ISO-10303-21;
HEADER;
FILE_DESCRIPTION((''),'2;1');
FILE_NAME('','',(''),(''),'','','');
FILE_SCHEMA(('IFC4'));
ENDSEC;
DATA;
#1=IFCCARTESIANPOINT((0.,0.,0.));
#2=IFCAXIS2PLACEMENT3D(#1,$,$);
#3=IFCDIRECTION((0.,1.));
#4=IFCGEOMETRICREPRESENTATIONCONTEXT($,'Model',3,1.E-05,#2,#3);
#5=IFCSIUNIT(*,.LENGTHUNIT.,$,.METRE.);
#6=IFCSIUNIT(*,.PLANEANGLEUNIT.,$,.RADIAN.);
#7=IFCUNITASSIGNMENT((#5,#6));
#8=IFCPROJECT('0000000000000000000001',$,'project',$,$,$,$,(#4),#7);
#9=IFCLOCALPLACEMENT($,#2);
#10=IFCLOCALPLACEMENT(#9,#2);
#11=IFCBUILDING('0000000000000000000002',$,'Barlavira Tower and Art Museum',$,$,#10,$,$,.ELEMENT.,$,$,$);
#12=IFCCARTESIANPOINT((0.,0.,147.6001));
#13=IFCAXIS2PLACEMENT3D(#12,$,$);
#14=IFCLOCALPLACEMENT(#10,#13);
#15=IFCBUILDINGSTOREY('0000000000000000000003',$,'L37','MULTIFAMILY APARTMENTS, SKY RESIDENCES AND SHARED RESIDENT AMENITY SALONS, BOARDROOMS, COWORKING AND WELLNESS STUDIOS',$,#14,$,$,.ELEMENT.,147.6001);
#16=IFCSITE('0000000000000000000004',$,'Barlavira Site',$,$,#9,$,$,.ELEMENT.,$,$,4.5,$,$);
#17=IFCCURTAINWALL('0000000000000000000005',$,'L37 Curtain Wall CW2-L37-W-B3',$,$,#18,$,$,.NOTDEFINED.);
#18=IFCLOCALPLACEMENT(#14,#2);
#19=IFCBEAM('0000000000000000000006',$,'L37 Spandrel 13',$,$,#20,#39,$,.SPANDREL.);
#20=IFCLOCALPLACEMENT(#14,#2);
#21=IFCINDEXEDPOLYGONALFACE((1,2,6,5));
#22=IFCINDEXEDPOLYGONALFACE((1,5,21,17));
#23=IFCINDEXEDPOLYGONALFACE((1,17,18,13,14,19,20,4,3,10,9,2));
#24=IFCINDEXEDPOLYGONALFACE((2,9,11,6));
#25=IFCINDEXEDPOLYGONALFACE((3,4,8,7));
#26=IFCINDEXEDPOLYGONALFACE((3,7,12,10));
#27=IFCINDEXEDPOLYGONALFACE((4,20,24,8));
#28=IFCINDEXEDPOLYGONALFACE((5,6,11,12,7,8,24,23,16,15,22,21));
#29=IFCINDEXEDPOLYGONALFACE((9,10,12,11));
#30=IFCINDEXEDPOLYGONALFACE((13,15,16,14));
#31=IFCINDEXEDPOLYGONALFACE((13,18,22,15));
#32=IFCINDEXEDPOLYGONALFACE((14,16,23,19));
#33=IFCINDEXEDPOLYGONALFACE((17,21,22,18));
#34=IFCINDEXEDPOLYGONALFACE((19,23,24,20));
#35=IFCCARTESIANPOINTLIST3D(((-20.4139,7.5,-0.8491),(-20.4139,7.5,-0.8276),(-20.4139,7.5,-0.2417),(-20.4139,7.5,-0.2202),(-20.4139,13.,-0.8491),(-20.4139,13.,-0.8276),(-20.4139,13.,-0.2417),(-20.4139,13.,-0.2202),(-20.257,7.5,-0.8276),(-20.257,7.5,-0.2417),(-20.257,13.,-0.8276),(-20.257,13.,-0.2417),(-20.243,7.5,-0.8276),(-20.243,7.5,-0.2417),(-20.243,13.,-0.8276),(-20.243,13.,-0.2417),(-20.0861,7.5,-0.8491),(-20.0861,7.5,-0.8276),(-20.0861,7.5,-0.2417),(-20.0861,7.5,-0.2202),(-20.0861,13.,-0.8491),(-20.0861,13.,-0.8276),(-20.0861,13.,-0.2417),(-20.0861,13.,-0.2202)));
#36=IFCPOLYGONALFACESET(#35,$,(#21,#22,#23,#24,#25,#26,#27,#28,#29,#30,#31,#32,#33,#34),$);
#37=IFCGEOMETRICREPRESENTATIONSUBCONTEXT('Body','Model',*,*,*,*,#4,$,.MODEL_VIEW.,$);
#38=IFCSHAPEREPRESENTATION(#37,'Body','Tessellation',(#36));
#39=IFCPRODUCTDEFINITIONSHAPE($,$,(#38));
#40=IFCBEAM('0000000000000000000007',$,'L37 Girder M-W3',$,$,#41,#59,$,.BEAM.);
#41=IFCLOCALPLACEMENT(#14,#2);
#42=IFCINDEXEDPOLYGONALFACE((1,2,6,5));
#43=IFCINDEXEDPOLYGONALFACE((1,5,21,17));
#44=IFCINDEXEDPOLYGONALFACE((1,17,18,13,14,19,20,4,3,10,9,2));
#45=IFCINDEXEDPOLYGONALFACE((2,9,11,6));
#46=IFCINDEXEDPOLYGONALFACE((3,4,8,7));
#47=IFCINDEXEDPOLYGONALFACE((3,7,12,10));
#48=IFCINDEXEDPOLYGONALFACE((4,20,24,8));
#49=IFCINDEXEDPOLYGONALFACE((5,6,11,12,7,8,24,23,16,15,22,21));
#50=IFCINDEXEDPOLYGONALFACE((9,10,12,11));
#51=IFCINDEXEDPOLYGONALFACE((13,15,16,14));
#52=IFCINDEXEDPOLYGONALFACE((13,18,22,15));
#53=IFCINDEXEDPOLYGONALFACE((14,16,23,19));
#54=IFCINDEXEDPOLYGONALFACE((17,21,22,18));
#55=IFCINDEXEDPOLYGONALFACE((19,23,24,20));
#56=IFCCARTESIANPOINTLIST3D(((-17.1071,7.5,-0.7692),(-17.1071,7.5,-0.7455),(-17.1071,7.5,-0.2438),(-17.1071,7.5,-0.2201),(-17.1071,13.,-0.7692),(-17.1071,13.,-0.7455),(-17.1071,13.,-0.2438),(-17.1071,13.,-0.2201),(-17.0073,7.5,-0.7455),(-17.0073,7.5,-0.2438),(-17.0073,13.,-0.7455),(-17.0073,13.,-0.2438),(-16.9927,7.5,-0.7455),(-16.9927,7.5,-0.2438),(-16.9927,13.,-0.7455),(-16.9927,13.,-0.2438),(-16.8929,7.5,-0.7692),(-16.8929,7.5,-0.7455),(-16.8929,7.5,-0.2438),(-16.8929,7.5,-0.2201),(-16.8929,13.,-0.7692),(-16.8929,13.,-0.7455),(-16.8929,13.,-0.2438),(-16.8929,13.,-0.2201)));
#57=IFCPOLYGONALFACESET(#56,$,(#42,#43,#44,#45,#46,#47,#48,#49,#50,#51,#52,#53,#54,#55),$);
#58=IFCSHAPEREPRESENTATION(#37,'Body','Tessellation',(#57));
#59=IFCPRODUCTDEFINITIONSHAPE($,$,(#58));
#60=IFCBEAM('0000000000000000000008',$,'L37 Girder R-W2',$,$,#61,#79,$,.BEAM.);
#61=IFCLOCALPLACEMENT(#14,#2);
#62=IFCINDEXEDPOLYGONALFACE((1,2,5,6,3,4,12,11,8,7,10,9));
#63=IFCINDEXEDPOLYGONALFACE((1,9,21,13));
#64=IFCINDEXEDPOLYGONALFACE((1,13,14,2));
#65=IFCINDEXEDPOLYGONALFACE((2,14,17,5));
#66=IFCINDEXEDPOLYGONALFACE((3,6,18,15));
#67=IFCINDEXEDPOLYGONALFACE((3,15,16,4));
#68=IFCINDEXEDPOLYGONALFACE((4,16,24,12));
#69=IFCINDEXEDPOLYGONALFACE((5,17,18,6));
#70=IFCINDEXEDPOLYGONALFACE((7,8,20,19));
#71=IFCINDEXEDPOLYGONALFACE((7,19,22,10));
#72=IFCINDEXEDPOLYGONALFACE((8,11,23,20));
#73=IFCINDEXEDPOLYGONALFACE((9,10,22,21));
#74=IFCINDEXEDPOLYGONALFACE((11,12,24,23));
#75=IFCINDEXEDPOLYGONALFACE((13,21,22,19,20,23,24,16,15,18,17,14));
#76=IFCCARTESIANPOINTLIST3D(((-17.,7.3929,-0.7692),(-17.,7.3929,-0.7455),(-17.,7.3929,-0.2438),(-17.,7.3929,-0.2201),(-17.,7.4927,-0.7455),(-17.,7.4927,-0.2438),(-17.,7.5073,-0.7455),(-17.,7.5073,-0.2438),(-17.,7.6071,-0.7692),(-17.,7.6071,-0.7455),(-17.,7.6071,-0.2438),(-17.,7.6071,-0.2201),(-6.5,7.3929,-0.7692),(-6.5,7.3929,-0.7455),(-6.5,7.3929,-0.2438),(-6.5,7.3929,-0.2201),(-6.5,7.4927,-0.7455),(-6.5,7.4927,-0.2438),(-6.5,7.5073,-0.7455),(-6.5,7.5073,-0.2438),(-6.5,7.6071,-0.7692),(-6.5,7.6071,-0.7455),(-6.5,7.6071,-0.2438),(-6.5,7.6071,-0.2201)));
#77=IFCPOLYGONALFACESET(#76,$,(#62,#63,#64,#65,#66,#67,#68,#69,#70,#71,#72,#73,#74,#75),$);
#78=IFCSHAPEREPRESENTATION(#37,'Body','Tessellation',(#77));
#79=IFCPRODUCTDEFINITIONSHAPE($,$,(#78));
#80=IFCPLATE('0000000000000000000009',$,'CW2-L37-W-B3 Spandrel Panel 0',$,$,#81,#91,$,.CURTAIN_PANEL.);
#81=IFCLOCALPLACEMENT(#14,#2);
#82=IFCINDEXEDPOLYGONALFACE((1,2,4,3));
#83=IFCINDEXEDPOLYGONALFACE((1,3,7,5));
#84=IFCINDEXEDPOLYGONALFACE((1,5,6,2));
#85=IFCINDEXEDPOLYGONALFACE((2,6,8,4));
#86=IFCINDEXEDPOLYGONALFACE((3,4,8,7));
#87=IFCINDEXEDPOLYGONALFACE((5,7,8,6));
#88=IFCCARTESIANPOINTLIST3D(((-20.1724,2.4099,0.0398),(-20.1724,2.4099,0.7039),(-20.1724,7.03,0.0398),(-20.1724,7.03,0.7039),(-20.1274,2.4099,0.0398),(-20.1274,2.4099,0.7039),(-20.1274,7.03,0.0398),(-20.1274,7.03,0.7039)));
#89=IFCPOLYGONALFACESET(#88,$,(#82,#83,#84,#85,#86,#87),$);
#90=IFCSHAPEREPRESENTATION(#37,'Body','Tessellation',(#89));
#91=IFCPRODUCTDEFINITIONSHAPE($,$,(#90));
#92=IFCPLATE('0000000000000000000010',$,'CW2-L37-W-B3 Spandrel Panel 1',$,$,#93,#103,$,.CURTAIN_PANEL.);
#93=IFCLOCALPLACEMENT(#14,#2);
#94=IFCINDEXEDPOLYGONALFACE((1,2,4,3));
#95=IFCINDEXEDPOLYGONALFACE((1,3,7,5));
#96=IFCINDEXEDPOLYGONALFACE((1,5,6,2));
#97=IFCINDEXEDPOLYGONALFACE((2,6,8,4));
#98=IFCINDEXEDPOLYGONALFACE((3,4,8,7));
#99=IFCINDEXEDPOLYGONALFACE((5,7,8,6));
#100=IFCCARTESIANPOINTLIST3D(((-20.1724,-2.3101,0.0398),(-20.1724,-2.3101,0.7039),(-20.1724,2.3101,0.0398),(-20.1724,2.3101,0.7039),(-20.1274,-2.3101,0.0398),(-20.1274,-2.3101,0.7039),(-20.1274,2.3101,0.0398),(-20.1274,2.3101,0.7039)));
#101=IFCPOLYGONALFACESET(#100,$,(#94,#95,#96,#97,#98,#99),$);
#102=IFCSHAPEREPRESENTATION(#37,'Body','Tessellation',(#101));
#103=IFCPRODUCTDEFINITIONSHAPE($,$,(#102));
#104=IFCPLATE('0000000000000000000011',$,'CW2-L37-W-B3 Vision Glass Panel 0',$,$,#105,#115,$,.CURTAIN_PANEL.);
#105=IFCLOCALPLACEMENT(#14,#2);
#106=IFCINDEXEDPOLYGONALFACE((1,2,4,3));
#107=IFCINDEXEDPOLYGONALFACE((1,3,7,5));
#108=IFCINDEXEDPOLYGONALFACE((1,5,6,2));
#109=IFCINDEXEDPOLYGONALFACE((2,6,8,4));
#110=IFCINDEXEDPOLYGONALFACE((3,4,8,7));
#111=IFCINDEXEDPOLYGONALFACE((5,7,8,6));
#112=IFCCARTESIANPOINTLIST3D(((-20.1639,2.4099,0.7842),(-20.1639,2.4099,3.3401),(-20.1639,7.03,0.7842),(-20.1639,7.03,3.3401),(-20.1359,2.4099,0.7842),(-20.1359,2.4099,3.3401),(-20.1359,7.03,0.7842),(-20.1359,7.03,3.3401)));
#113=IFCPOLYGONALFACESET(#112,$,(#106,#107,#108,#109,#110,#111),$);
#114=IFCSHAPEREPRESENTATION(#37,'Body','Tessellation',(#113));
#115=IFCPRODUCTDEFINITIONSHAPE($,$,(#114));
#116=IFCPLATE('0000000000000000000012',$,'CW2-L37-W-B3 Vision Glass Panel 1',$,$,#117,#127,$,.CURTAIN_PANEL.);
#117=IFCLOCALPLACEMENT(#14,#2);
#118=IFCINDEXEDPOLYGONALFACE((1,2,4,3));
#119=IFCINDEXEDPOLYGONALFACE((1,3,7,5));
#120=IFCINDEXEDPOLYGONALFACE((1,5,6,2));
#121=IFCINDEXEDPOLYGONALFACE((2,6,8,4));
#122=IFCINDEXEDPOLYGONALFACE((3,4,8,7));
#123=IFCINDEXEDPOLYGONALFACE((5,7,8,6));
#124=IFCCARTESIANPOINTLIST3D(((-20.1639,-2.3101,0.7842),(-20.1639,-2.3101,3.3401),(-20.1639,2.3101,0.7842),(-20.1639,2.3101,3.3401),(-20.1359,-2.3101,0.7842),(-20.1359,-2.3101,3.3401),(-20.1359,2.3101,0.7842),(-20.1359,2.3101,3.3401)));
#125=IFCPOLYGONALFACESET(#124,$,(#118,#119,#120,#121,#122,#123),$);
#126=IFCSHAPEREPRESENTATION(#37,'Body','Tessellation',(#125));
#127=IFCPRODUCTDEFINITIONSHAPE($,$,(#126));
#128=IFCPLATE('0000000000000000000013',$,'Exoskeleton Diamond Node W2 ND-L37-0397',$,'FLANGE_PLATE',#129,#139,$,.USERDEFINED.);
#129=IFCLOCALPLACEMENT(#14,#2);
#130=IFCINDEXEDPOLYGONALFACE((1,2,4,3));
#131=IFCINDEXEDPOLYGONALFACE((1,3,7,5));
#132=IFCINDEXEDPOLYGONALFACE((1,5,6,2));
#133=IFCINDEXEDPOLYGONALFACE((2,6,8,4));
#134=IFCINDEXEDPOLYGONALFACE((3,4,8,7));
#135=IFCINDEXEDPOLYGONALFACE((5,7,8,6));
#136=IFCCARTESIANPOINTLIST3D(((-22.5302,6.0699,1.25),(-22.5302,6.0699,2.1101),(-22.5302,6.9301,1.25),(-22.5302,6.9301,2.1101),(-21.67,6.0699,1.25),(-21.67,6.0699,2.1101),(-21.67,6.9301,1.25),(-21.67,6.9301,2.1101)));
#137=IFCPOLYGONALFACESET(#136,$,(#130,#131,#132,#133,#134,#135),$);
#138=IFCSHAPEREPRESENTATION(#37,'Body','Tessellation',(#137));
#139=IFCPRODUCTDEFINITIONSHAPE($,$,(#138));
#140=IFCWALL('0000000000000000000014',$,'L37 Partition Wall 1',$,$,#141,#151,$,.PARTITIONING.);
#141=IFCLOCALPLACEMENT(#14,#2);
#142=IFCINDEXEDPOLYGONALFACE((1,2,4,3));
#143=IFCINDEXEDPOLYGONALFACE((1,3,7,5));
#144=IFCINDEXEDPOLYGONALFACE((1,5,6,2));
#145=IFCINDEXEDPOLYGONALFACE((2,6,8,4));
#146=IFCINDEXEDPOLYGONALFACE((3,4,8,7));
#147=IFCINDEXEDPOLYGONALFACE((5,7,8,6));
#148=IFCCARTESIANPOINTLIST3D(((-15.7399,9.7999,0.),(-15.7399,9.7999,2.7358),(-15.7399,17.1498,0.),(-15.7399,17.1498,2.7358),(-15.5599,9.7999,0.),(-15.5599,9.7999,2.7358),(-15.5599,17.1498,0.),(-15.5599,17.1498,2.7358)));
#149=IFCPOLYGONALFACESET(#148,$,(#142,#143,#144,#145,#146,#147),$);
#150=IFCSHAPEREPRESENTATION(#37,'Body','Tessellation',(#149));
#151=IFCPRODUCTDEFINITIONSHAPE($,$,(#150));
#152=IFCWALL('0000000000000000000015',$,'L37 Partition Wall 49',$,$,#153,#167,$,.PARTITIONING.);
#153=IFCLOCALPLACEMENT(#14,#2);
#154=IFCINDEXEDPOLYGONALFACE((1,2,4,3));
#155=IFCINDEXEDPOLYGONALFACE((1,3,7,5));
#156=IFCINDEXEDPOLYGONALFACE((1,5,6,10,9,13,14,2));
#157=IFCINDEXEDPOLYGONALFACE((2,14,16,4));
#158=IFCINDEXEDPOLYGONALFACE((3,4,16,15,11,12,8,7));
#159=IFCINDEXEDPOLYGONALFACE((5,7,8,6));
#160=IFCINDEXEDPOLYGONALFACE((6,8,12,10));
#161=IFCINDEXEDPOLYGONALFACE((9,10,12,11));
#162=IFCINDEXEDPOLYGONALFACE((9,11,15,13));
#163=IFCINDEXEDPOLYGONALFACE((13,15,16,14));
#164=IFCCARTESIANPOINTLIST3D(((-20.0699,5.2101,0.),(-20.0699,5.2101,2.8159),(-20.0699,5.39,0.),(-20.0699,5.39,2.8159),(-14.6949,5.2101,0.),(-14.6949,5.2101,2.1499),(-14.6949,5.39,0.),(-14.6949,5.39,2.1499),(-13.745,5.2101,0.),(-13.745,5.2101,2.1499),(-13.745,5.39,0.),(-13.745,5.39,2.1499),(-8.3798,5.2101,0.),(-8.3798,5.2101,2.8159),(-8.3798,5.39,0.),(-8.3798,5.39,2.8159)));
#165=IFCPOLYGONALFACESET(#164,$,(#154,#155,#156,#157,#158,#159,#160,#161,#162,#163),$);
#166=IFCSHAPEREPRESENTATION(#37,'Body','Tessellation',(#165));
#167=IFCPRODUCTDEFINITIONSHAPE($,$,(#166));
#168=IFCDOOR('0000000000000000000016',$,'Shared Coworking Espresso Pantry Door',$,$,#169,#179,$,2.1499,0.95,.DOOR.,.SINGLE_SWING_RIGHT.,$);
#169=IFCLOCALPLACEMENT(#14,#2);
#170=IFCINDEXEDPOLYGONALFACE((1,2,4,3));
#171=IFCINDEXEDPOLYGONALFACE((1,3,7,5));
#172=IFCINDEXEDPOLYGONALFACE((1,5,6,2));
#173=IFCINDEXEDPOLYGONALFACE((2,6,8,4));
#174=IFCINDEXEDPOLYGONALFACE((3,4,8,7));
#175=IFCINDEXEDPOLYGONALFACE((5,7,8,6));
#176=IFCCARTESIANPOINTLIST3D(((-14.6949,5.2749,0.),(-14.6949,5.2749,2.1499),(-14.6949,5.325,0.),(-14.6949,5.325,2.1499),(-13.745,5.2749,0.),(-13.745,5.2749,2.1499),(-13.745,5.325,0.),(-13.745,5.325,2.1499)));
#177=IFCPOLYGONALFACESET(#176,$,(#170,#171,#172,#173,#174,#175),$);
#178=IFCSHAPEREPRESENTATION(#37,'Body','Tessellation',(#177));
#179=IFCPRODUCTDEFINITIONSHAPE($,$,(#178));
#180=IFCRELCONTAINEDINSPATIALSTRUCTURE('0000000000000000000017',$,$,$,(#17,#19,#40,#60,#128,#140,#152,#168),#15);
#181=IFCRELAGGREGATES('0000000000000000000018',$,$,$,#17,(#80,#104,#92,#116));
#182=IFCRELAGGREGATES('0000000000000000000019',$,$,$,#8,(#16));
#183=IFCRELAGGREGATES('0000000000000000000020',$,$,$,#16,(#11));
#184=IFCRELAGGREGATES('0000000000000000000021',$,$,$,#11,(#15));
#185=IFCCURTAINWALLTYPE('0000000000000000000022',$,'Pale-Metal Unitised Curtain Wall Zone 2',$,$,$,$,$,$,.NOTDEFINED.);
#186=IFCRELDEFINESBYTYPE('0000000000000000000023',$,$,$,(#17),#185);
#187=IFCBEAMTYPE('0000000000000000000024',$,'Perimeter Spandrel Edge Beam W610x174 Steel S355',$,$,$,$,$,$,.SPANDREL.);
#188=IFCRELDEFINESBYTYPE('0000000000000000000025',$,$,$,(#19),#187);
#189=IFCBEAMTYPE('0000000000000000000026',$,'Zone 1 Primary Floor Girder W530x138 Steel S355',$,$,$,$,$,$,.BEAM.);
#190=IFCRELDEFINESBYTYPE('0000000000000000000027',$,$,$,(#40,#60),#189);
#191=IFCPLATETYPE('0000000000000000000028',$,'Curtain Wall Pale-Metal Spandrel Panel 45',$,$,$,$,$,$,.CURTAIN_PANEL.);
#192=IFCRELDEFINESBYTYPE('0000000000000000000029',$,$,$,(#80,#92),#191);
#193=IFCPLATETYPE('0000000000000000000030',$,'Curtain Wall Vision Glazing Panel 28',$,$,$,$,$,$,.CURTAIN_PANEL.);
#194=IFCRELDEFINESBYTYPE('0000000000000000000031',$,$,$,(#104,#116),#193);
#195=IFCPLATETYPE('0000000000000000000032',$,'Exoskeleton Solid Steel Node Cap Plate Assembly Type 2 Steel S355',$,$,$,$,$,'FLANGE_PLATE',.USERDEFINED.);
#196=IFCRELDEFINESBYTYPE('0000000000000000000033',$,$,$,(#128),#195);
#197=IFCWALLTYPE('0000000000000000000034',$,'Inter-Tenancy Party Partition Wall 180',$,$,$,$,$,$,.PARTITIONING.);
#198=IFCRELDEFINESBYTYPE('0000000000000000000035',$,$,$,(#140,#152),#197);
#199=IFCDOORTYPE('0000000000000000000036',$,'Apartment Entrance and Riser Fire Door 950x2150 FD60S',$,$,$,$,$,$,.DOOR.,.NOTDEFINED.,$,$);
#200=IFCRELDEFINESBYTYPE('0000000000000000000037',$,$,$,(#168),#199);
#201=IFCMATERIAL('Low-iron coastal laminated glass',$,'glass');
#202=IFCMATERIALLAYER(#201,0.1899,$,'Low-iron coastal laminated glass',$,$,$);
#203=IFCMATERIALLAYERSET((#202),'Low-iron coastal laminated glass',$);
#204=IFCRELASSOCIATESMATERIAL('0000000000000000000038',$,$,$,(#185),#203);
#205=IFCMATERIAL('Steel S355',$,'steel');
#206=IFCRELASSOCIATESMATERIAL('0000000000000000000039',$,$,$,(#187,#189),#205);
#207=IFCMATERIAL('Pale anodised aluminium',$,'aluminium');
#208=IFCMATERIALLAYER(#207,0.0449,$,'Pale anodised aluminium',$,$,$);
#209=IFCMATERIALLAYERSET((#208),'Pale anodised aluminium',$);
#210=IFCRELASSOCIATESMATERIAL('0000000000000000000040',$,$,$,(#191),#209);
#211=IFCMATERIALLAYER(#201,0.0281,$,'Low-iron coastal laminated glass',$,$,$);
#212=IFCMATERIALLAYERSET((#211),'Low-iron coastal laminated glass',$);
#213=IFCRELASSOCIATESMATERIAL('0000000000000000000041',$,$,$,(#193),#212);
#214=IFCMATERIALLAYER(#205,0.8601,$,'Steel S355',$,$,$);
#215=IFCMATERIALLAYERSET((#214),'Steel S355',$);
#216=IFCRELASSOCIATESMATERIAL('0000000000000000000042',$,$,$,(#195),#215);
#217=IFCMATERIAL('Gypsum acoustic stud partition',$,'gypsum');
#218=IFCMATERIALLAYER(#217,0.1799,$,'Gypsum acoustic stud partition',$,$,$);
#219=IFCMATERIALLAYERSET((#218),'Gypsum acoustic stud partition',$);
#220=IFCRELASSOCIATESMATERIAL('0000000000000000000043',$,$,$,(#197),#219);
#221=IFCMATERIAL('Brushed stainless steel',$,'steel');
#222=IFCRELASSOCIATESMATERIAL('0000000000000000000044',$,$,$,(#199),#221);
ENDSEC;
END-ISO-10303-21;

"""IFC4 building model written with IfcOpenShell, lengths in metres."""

from ifc_helpers import new_model, si_unit, direction, frame, frame_2d, origin, origin_2d, place, context, subcontext, project, spatial, rectangle, i_section, extrude, material, layer, layer_set, material_profile, profile_set, type_object, element, fill, aggregate, save


model = new_model("IFC4")

# Units and contexts
model_context = context("Model", 3, precision=1e-05, world=origin(), true_north=direction((0.0, 1.0)))
body_context = subcontext(model_context, "Body", "Model", "MODEL_VIEW")
ifc_project = project(units=[si_unit("LENGTHUNIT", "METRE"), si_unit("PLANEANGLEUNIT", "RADIAN")], contexts=[model_context])

# Site, building, storey
site_placement = place(None, origin())
site = spatial("IfcSite", under=ifc_project, at=site_placement, Name="Barlavira Site", CompositionType="ELEMENT", RefElevation=4.5)
building_placement = place(site_placement, origin())
building = spatial("IfcBuilding", under=site, at=building_placement, Name="Barlavira Tower and Art Museum", CompositionType="ELEMENT")
storey_placement = place(building_placement, frame((0.0, 0.0, 147.6001)))
storey = spatial("IfcBuildingStorey", under=building, at=storey_placement, Name="L37", Description="MULTIFAMILY APARTMENTS, SKY RESIDENCES AND SHARED RESIDENT AMENITY SALONS, BOARDROOMS, COWORKING AND WELLNESS STUDIOS", CompositionType="ELEMENT", Elevation=147.6001)

# Curtain wall
ifc_material_1 = material(Name="Low-iron coastal laminated glass", Category="glass")
ifc_layer_1 = layer(ifc_material_1, 0.1899, Name="Low-iron coastal laminated glass")
ifc_layer_set_1 = layer_set([ifc_layer_1], Name="Low-iron coastal laminated glass")
curtain_wall_type = type_object("IfcCurtainWallType", Name="Pale-Metal Unitised Curtain Wall Zone 2", PredefinedType="NOTDEFINED", material=ifc_layer_set_1)
curtain_wall_placement = place(storey_placement, origin())
curtain_wall = element("IfcCurtainWall", 1, at=curtain_wall_placement, inside=storey, type_object=curtain_wall_type, Name="L37 Curtain Wall CW2-L37-W-B3", PredefinedType="NOTDEFINED")
ifc_material_2 = material(Name="Pale anodised aluminium", Category="aluminium")

# Beams
ifc_material_3 = material(Name="Steel S355", Category="steel")
ifc_material_profile_1 = material_profile(ifc_material_3, i_section(OverallWidth=0.3279, OverallDepth=0.6289, WebThickness=0.0139, FlangeThickness=0.0215, at=origin_2d()), Name="W610x174.0")
ifc_profile_set_1 = profile_set([ifc_material_profile_1], Name="Steel S355")
beam_type_1 = type_object("IfcBeamType", Name="Perimeter Spandrel Edge Beam W610x174 Steel S355", PredefinedType="SPANDREL", material=ifc_profile_set_1)
beam_1_placement = place(storey_placement, frame((-20.25, 7.5, -0.5347), z_axis=(0.0, 1.0, 0.0), x_axis=(-1.0, 0.0, 0.0)))
element("IfcBeam", 2, at=beam_1_placement, inside=storey, type_object=beam_type_1, Name="L37 Spandrel 13", PredefinedType="SPANDREL", context=body_context, shape_type="SweptSolid", body=[
    extrude(i_section(OverallWidth=0.3279, OverallDepth=0.6289, WebThickness=0.0139, FlangeThickness=0.0215, at=origin_2d()), origin(), (0.0, 0.0, 1.0), 5.5),
])
ifc_material_profile_2 = material_profile(ifc_material_3, i_section(OverallWidth=0.2141, OverallDepth=0.5491, WebThickness=0.0146, FlangeThickness=0.0237, at=origin_2d()), Name="W530x138.0")
ifc_profile_set_2 = profile_set([ifc_material_profile_2], Name="Steel S355")
beam_type_2 = type_object("IfcBeamType", Name="Zone 1 Primary Floor Girder W530x138 Steel S355", PredefinedType="BEAM", material=ifc_profile_set_2)
beam_2_placement = place(storey_placement, frame((-17.0, 7.5, -0.4946), z_axis=(0.0, 1.0, 0.0), x_axis=(-1.0, 0.0, 0.0)))
element("IfcBeam", 3, at=beam_2_placement, inside=storey, type_object=beam_type_2, Name="L37 Girder M-W3", PredefinedType="BEAM", context=body_context, shape_type="SweptSolid", body=[
    extrude(i_section(OverallWidth=0.2141, OverallDepth=0.5491, WebThickness=0.0146, FlangeThickness=0.0237, at=origin_2d()), origin(), (0.0, 0.0, 1.0), 5.5),
])
beam_3_placement = place(storey_placement, frame((-17.0, 7.5, -0.4946), z_axis=(1.0, 0.0, 0.0), x_axis=(0.0, 1.0, 0.0)))
element("IfcBeam", 4, at=beam_3_placement, inside=storey, type_object=beam_type_2, Name="L37 Girder R-W2", PredefinedType="BEAM", context=body_context, shape_type="SweptSolid", body=[
    extrude(i_section(OverallWidth=0.2141, OverallDepth=0.5491, WebThickness=0.0146, FlangeThickness=0.0237, at=origin_2d()), origin(), (0.0, 0.0, 1.0), 10.5),
])

# Plates
ifc_layer_2 = layer(ifc_material_2, 0.0449, Name="Pale anodised aluminium")
ifc_layer_set_2 = layer_set([ifc_layer_2], Name="Pale anodised aluminium")
plate_type_1 = type_object("IfcPlateType", Name="Curtain Wall Pale-Metal Spandrel Panel 45", PredefinedType="CURTAIN_PANEL", material=ifc_layer_set_2)
plate_1_placement = place(storey_placement, frame((-20.1499, 4.72, 0.0398), z_axis=(0.0, 0.0, 1.0), x_axis=(0.0, -1.0, 0.0)))
plate_1 = element("IfcPlate", 5, at=plate_1_placement, type_object=plate_type_1, Name="CW2-L37-W-B3 Spandrel Panel 0", PredefinedType="CURTAIN_PANEL", context=body_context, shape_type="SweptSolid", body=[
    extrude(rectangle(XDim=4.6201, YDim=0.0449, at=origin_2d()), origin(), (0.0, 0.0, 1.0), 0.6641),
])
plate_2_placement = place(storey_placement, frame((-20.1499, 0.0, 0.0398), z_axis=(0.0, 0.0, 1.0), x_axis=(0.0, -1.0, 0.0)))
plate_2 = element("IfcPlate", 6, at=plate_2_placement, type_object=plate_type_1, Name="CW2-L37-W-B3 Spandrel Panel 1", PredefinedType="CURTAIN_PANEL", context=body_context, shape_type="SweptSolid", body=[
    extrude(rectangle(XDim=4.6201, YDim=0.0449, at=origin_2d()), origin(), (0.0, 0.0, 1.0), 0.6641),
])
ifc_layer_3 = layer(ifc_material_1, 0.0281, Name="Low-iron coastal laminated glass")
ifc_layer_set_3 = layer_set([ifc_layer_3], Name="Low-iron coastal laminated glass")
plate_type_2 = type_object("IfcPlateType", Name="Curtain Wall Vision Glazing Panel 28", PredefinedType="CURTAIN_PANEL", material=ifc_layer_set_3)
plate_3_placement = place(storey_placement, frame((-20.1499, 4.72, 0.7842), z_axis=(0.0, 0.0, 1.0), x_axis=(0.0, -1.0, 0.0)))
plate_3 = element("IfcPlate", 7, at=plate_3_placement, type_object=plate_type_2, Name="CW2-L37-W-B3 Vision Glass Panel 0", PredefinedType="CURTAIN_PANEL", context=body_context, shape_type="SweptSolid", body=[
    extrude(rectangle(XDim=4.6201, YDim=0.0281, at=origin_2d()), origin(), (0.0, 0.0, 1.0), 2.5559),
])
plate_4_placement = place(storey_placement, frame((-20.1499, 0.0, 0.7842), z_axis=(0.0, 0.0, 1.0), x_axis=(0.0, -1.0, 0.0)))
plate_4 = element("IfcPlate", 8, at=plate_4_placement, type_object=plate_type_2, Name="CW2-L37-W-B3 Vision Glass Panel 1", PredefinedType="CURTAIN_PANEL", context=body_context, shape_type="SweptSolid", body=[
    extrude(rectangle(XDim=4.6201, YDim=0.0281, at=origin_2d()), origin(), (0.0, 0.0, 1.0), 2.5559),
])
aggregate(curtain_wall, [plate_1, plate_3, plate_2, plate_4])
ifc_layer_4 = layer(ifc_material_3, 0.8601, Name="Steel S355")
ifc_layer_set_4 = layer_set([ifc_layer_4], Name="Steel S355")
plate_type_3 = type_object("IfcPlateType", Name="Exoskeleton Solid Steel Node Cap Plate Assembly Type 2 Steel S355", ElementType="FLANGE_PLATE", PredefinedType="USERDEFINED", material=ifc_layer_set_4)
plate_5_placement = place(storey_placement, frame((-22.1001, 6.5, 1.25), z_axis=(0.0, 0.0, 1.0), x_axis=(1.0, 0.0, 0.0)))
element("IfcPlate", 9, at=plate_5_placement, inside=storey, type_object=plate_type_3, Name="Exoskeleton Diamond Node W2 ND-L37-0397", ObjectType="FLANGE_PLATE", PredefinedType="USERDEFINED", context=body_context, shape_type="SweptSolid", body=[
    extrude(rectangle(XDim=0.8601, YDim=0.8601, at=origin_2d()), origin(), (0.0, 0.0, 1.0), 0.8601),
])

# Wall
ifc_material_4 = material(Name="Gypsum acoustic stud partition", Category="gypsum")
ifc_layer_5 = layer(ifc_material_4, 0.1799, Name="Gypsum acoustic stud partition")
ifc_layer_set_5 = layer_set([ifc_layer_5], Name="Gypsum acoustic stud partition")
wall_type = type_object("IfcWallType", Name="Inter-Tenancy Party Partition Wall 180", PredefinedType="PARTITIONING", material=ifc_layer_set_5)
wall_1_placement = place(storey_placement, frame((-15.6499, 9.8, 0.0), z_axis=(0.0, 0.0, 1.0), x_axis=(0.0, 1.0, 0.0)))
element("IfcWall", 10, at=wall_1_placement, inside=storey, type_object=wall_type, Name="L37 Partition Wall 1", PredefinedType="PARTITIONING", context=body_context, shape_type="SweptSolid", body=[
    extrude(rectangle(XDim=7.3499, YDim=0.1799, at=frame_2d((3.6748, 0.0))), origin(), (0.0, 0.0, 1.0), 2.7358),
])

# Wall, opening, door
wall_2_placement = place(storey_placement, frame((-20.0701, 5.3, 0.0), z_axis=(0.0, 0.0, 1.0), x_axis=(1.0, 0.0, 0.0)))
wall_2 = element("IfcWall", 11, at=wall_2_placement, inside=storey, type_object=wall_type, Name="L37 Partition Wall 49", PredefinedType="PARTITIONING", context=body_context, shape_type="SweptSolid", body=[
    extrude(rectangle(XDim=11.6902, YDim=0.1799, at=frame_2d((5.8452, 0.0))), origin(), (0.0, 0.0, 1.0), 2.8159),
])
opening_placement = place(wall_2_placement, frame((5.375, 0.0, 0.0)))
opening = element("IfcOpeningElement", 12, at=opening_placement, cuts=wall_2, PredefinedType="OPENING", context=body_context, shape_type="SweptSolid", body=[
    extrude(rectangle(XDim=0.95, YDim=2.1499, at=frame_2d((0.4751, 1.075))), frame((0.0, 0.1001, 0.0), z_axis=(0.0, -1.0, 0.0), x_axis=(1.0, 0.0, 0.0)), (0.0, 0.0, 1.0), 0.2),
])
ifc_material_5 = material(Name="Brushed stainless steel", Category="steel")
door_type = type_object("IfcDoorType", Name="Apartment Entrance and Riser Fire Door 950x2150 FD60S", OperationType="NOTDEFINED", PredefinedType="DOOR", material=ifc_material_5)
door_placement = place(opening_placement, origin())
door = element("IfcDoor", 13, at=door_placement, inside=storey, type_object=door_type, Name="Shared Coworking Espresso Pantry Door", OperationType="SINGLE_SWING_RIGHT", OverallHeight=2.1499, OverallWidth=0.95, PredefinedType="DOOR", context=body_context, shape_type="SweptSolid", body=[
    extrude(rectangle(XDim=0.95, YDim=2.1499, at=frame_2d((0.4751, 1.075))), frame((0.0, 0.0249, 0.0), z_axis=(0.0, -1.0, 0.0), x_axis=(1.0, 0.0, 0.0)), (0.0, 0.0, 1.0), 0.05),
])
fill(opening, door)

save(model, "model.ifc")
